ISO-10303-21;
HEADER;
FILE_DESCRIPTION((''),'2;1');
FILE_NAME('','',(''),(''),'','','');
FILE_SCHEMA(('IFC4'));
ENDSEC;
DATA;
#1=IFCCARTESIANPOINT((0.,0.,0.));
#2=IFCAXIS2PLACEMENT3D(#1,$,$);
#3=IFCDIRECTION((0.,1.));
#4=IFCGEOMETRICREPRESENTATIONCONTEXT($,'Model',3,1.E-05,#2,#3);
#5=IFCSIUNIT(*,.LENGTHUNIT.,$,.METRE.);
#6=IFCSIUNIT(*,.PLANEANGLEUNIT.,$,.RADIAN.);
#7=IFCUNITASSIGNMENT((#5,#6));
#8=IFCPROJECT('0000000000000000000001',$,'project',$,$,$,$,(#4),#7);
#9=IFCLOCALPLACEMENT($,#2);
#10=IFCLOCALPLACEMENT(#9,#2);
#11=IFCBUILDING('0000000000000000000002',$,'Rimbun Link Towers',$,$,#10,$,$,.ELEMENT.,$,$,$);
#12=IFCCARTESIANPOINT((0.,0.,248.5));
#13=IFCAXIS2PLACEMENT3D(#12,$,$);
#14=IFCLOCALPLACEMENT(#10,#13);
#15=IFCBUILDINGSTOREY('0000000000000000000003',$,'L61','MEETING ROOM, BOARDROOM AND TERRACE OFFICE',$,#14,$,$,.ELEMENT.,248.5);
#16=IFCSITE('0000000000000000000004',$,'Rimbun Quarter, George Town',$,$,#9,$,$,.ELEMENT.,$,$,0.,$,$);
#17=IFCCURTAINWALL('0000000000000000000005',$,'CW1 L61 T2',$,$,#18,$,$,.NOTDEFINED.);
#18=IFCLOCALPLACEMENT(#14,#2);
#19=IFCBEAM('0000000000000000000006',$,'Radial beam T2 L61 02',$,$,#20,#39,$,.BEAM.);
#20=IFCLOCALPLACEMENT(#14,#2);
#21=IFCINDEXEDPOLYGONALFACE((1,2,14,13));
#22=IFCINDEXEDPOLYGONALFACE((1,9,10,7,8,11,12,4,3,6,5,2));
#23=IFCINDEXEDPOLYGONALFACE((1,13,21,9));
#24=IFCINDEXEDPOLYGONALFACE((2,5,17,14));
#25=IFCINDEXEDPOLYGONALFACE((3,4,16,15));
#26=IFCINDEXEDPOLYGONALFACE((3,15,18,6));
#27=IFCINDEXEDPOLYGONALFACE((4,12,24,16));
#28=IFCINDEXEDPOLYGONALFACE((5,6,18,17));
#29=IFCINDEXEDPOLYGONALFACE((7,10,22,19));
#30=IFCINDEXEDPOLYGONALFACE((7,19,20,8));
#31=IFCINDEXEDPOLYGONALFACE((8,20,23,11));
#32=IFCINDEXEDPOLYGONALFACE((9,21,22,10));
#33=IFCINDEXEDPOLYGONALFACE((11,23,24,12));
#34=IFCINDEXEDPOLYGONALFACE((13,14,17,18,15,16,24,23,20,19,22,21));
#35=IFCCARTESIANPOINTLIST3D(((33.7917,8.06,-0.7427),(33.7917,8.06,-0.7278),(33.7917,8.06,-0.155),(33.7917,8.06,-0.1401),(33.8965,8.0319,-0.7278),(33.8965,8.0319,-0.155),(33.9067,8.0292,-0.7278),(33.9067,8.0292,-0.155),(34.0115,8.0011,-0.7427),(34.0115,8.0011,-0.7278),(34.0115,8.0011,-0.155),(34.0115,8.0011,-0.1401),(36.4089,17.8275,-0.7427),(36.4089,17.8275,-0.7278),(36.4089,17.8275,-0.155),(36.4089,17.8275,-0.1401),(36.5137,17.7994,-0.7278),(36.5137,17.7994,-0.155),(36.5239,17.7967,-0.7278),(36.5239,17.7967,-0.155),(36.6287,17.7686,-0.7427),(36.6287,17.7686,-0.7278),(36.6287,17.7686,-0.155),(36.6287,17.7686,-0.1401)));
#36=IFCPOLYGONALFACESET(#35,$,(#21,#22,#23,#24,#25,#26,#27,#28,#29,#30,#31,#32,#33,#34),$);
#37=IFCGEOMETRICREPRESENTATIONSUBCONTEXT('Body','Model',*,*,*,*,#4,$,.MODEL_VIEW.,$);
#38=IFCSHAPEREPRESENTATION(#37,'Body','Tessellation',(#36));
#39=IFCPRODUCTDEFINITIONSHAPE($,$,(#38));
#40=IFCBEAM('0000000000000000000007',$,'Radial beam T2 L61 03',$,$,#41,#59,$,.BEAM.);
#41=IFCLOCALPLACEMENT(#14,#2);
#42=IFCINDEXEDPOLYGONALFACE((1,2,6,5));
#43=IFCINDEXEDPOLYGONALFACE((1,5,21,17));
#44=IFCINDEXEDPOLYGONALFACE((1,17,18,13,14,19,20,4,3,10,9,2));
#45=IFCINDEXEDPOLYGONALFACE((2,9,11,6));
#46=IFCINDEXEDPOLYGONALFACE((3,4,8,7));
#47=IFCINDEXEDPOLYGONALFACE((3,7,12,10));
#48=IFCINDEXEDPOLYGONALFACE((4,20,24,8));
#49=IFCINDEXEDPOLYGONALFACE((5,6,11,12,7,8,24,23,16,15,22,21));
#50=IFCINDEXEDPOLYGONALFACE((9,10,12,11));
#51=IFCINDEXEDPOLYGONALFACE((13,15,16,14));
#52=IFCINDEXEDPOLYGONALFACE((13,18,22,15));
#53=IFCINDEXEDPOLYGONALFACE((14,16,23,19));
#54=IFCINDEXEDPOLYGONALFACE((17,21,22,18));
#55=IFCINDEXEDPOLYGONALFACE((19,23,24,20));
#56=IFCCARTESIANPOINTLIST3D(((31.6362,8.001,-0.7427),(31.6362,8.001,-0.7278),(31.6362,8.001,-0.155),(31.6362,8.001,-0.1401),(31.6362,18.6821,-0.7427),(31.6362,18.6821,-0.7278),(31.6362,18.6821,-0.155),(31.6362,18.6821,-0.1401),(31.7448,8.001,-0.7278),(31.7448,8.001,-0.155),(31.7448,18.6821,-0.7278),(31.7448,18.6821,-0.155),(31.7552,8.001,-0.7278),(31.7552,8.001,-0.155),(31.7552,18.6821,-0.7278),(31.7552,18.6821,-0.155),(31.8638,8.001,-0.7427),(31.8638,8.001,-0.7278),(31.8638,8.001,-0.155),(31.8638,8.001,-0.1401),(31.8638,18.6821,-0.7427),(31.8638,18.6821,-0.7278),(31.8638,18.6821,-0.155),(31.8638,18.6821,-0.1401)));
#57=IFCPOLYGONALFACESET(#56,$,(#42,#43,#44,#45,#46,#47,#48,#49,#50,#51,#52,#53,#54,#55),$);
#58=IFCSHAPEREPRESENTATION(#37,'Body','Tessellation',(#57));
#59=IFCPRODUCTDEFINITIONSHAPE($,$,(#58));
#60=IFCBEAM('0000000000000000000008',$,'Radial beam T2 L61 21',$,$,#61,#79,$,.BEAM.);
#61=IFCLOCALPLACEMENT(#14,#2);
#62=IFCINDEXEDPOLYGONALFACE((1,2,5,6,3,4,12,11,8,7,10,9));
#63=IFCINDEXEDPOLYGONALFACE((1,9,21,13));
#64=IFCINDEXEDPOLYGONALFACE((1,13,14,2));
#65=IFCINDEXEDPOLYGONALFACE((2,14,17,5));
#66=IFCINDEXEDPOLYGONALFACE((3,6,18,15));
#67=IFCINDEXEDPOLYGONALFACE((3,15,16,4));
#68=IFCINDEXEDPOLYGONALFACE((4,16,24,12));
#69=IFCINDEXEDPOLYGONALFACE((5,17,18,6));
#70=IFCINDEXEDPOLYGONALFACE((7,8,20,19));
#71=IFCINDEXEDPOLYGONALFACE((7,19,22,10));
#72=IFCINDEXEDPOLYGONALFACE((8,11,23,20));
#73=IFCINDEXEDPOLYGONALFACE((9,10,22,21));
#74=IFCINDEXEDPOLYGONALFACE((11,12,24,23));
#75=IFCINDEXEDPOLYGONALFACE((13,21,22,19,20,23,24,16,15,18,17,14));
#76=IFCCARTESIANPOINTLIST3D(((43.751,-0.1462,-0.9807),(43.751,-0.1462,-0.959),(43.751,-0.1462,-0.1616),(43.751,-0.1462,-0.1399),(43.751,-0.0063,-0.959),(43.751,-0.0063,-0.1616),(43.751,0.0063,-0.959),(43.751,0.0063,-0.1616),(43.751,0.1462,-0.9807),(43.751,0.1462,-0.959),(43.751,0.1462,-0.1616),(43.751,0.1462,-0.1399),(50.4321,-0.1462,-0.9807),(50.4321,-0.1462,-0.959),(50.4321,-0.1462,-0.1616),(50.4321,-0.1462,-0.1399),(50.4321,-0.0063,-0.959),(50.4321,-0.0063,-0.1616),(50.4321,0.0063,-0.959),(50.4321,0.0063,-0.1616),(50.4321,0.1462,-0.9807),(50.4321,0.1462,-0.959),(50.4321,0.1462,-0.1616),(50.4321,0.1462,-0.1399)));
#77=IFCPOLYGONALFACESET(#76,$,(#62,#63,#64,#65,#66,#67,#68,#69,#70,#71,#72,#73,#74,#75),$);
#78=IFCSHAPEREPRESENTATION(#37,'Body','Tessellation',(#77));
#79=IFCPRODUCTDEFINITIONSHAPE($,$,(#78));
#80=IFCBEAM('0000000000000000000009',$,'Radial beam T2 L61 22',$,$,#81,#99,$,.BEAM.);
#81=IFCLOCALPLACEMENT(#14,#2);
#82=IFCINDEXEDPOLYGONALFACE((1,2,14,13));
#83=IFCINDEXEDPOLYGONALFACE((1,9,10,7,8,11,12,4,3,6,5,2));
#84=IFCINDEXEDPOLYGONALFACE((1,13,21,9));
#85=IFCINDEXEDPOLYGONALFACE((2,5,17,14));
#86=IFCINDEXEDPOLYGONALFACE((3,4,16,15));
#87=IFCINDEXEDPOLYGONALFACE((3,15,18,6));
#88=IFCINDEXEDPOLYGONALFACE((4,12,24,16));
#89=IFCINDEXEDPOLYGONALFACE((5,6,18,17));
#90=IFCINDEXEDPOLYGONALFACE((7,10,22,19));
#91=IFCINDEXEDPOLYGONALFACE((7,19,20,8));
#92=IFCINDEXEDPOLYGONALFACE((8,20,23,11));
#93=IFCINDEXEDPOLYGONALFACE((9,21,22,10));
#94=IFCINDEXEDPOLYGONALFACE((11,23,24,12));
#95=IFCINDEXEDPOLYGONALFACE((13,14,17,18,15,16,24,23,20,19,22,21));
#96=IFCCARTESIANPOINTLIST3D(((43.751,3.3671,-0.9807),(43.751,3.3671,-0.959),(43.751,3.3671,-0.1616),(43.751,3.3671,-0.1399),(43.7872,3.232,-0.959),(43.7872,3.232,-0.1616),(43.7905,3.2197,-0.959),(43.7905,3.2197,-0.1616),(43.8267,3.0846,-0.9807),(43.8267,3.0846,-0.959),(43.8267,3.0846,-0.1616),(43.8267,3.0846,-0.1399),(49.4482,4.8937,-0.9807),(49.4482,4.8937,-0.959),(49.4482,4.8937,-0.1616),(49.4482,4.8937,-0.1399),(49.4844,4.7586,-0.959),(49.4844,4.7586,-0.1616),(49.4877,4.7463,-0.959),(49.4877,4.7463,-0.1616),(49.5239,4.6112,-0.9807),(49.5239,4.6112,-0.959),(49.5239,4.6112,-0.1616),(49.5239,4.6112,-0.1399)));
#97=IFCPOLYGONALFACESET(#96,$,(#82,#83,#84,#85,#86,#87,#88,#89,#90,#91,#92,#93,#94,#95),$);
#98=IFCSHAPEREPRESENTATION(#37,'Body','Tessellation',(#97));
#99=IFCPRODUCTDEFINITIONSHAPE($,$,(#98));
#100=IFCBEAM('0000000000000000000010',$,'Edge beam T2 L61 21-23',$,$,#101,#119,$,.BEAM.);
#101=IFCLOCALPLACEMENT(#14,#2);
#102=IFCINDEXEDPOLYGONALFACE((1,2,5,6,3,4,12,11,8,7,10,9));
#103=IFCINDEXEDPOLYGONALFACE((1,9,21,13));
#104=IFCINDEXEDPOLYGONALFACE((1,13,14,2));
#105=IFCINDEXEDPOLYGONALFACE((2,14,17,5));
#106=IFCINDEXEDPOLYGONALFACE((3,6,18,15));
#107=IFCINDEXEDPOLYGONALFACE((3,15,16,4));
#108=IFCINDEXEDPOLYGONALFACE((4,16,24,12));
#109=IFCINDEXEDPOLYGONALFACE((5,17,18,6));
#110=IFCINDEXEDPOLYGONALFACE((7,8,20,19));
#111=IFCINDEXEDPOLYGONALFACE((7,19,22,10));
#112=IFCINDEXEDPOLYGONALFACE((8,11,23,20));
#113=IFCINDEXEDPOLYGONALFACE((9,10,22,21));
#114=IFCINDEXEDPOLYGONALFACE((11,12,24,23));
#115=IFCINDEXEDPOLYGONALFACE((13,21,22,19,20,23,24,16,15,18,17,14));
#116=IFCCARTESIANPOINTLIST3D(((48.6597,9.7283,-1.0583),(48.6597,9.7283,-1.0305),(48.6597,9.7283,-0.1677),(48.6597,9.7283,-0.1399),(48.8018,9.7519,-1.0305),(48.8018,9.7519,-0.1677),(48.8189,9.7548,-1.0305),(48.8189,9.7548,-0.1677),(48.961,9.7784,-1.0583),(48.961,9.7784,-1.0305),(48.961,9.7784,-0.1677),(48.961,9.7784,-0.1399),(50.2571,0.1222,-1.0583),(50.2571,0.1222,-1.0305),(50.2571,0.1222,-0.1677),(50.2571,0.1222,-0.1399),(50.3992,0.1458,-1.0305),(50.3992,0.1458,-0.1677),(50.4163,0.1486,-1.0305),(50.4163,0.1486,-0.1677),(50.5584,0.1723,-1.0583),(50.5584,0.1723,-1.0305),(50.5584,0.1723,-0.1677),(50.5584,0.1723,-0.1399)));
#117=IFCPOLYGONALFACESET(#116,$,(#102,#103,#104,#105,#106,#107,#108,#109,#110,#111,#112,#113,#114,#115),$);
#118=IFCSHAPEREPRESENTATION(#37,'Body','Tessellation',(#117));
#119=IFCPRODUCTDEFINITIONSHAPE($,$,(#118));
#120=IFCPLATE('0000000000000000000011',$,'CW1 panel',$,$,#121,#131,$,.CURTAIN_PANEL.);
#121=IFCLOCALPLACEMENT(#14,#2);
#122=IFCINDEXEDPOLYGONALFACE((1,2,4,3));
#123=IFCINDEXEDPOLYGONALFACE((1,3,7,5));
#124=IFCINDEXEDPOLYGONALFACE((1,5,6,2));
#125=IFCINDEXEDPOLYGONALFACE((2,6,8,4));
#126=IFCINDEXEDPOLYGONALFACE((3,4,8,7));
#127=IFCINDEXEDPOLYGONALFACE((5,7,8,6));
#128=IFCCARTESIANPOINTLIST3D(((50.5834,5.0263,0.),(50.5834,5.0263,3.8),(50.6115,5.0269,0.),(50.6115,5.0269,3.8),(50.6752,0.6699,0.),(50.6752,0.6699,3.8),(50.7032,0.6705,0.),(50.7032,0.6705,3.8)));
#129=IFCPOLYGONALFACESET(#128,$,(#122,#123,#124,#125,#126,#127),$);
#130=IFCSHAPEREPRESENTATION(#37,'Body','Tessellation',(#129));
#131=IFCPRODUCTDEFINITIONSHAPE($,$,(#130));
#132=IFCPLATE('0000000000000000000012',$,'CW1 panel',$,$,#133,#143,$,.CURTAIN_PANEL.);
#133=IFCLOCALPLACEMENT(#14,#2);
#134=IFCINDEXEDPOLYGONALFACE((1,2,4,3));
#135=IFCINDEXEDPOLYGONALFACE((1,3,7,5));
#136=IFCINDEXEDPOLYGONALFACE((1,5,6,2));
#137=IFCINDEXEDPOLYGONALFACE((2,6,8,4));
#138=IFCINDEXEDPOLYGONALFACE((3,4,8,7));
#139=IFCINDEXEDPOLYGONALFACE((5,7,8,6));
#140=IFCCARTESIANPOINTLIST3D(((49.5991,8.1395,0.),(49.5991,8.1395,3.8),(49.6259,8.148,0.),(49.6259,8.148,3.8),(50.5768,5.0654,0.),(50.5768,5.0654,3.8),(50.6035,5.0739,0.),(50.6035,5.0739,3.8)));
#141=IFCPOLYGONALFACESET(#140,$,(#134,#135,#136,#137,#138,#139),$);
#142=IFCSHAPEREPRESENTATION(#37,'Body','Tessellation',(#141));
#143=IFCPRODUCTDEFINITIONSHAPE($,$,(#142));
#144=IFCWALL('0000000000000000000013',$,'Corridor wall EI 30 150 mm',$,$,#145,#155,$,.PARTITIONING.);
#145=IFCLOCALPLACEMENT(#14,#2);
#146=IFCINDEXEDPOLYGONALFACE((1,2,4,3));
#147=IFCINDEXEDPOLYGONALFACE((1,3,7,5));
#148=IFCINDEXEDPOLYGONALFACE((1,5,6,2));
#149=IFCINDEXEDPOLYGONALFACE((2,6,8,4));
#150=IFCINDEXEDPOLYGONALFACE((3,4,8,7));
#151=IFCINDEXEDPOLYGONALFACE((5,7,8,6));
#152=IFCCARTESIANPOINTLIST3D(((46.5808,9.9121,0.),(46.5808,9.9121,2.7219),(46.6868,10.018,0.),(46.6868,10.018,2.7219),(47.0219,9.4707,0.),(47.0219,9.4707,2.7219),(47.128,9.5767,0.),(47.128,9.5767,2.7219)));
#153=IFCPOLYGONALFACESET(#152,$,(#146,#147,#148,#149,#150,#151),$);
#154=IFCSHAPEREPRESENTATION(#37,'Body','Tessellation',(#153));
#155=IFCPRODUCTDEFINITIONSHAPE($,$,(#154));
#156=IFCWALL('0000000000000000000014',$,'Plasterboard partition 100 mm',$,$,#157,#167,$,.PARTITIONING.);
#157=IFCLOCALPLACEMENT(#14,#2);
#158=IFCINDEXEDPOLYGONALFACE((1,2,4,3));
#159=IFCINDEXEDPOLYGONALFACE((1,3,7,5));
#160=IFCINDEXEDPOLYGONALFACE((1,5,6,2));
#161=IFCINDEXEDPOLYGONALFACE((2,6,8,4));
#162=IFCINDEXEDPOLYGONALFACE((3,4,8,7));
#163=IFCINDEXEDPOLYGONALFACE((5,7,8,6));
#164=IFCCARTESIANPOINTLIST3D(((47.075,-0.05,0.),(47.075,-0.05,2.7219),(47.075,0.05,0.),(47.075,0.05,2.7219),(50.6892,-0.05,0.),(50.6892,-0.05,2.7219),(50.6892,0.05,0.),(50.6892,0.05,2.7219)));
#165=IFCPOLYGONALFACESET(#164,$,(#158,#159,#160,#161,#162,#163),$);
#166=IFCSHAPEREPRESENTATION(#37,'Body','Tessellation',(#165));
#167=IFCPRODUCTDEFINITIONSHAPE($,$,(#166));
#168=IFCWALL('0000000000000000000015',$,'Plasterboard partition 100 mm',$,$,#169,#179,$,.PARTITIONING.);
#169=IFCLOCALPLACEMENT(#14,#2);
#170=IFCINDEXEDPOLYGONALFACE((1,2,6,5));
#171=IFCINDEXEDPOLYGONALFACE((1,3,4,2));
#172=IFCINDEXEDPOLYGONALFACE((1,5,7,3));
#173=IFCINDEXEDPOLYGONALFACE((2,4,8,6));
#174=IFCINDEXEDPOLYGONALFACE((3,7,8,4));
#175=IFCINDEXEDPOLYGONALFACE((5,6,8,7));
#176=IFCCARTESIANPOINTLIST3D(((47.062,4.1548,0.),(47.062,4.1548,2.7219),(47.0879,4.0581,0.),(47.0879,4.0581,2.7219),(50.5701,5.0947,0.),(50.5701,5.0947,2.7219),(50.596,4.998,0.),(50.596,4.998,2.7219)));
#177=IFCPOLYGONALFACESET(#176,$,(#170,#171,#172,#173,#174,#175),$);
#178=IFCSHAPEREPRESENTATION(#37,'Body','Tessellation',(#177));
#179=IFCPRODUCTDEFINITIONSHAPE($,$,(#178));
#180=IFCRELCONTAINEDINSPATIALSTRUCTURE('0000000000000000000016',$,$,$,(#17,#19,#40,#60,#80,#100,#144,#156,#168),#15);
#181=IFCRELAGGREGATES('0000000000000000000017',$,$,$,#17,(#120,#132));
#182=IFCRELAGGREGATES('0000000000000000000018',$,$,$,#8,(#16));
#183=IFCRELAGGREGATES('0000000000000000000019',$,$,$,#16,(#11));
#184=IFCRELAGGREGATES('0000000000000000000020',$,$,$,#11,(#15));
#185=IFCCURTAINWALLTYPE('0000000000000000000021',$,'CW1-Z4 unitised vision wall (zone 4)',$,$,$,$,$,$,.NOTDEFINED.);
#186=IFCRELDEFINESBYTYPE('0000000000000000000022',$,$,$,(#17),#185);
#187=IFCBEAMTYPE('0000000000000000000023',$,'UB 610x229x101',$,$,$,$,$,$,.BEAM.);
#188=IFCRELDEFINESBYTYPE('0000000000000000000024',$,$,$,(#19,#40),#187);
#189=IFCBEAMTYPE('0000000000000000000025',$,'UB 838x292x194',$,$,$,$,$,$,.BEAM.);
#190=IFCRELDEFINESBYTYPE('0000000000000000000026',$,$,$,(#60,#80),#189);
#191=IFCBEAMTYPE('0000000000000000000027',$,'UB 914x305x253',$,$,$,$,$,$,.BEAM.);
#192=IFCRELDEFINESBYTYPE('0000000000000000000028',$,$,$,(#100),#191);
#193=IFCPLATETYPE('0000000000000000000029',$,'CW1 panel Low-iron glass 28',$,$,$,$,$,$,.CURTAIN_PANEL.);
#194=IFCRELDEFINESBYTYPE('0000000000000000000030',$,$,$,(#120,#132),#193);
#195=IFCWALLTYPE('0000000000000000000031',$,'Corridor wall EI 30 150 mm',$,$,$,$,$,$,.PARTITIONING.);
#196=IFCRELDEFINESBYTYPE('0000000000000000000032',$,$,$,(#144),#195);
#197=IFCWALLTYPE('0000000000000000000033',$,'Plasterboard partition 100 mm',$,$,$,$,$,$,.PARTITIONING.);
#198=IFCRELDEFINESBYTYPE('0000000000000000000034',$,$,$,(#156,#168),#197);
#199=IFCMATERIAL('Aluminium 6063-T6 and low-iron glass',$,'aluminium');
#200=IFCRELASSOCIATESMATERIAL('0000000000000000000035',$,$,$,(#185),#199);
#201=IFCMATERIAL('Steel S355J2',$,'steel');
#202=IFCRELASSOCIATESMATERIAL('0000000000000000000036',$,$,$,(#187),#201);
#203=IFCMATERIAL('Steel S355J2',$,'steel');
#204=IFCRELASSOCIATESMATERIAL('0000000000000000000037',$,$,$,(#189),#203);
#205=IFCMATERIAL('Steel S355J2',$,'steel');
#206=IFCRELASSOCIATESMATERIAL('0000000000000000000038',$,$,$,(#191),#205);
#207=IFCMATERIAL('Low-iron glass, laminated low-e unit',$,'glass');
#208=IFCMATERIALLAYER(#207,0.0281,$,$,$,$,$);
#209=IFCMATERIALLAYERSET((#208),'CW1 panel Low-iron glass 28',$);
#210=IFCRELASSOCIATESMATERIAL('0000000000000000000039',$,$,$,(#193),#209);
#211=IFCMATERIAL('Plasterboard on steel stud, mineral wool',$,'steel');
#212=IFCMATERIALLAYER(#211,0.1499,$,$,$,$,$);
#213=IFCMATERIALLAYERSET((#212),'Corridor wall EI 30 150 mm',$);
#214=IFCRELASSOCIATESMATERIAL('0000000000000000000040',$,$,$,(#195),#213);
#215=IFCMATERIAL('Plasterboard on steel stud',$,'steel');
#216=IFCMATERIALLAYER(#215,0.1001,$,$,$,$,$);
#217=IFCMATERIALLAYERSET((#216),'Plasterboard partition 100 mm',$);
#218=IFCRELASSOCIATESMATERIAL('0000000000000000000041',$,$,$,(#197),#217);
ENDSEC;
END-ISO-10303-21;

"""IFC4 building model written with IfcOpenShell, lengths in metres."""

from ifc_helpers import new_model, si_unit, direction, frame, frame_2d, origin, origin_2d, place, context, subcontext, project, spatial, rectangle, i_section, extrude, material, layer, layer_set, material_profile, profile_set, type_object, element, aggregate, save


model = new_model("IFC4")

# Units and contexts
model_context = context("Model", 3, precision=1e-05, world=origin(), true_north=direction((0.0, 1.0)))
body_context = subcontext(model_context, "Body", "Model", "MODEL_VIEW")
ifc_project = project(units=[si_unit("LENGTHUNIT", "METRE"), si_unit("PLANEANGLEUNIT", "RADIAN")], contexts=[model_context])

# Site, building, storey
site_placement = place(None, origin())
site = spatial("IfcSite", under=ifc_project, at=site_placement, Name="Rimbun Quarter, George Town", CompositionType="ELEMENT", RefElevation=0.0)
building_placement = place(site_placement, origin())
building = spatial("IfcBuilding", under=site, at=building_placement, Name="Rimbun Link Towers", CompositionType="ELEMENT")
storey_placement = place(building_placement, frame((0.0, 0.0, 248.5)))
storey = spatial("IfcBuildingStorey", under=building, at=storey_placement, Name="L61", Description="MEETING ROOM, BOARDROOM AND TERRACE OFFICE", CompositionType="ELEMENT", Elevation=248.5)

# Curtain wall
ifc_material_1 = material(Name="Aluminium 6063-T6 and low-iron glass", Category="aluminium")
curtain_wall_type = type_object("IfcCurtainWallType", Name="CW1-Z4 unitised vision wall (zone 4)", PredefinedType="NOTDEFINED", material=ifc_material_1)
curtain_wall_placement = place(storey_placement, origin())
curtain_wall = element("IfcCurtainWall", 1, at=curtain_wall_placement, inside=storey, type_object=curtain_wall_type, Name="CW1 L61 T2", PredefinedType="NOTDEFINED")

# Beams
ifc_material_2 = material(Name="Steel S355J2", Category="steel")
ifc_material_profile_1 = material_profile(ifc_material_2, i_section(OverallWidth=0.2275, OverallDepth=0.6025, WebThickness=0.0105, FlangeThickness=0.0149, at=origin_2d()), Name="UB 610x229x101")
ifc_profile_set_1 = profile_set([ifc_material_profile_1], Name="Steel S355J2")
beam_type_1 = type_object("IfcBeamType", Name="UB 610x229x101", PredefinedType="BEAM", material=ifc_profile_set_1)
beam_1_placement = place(storey_placement, frame((33.9016, 8.0305, -0.4414), z_axis=(0.258817, 0.965926, 0.0), x_axis=(-0.965926, 0.258817, 0.0)))
element("IfcBeam", 2, at=beam_1_placement, inside=storey, type_object=beam_type_1, Name="Radial beam T2 L61 02", PredefinedType="BEAM", context=body_context, shape_type="SweptSolid", body=[
    extrude(i_section(OverallWidth=0.2275, OverallDepth=0.6025, WebThickness=0.0105, FlangeThickness=0.0149, at=origin_2d()), origin(), (0.0, 0.0, 1.0), 10.1121),
])
beam_2_placement = place(storey_placement, frame((31.75, 8.001, -0.4414), z_axis=(0.0, 1.0, 0.0), x_axis=(-1.0, 0.0, 0.0)))
element("IfcBeam", 3, at=beam_2_placement, inside=storey, type_object=beam_type_1, Name="Radial beam T2 L61 03", PredefinedType="BEAM", context=body_context, shape_type="SweptSolid", body=[
    extrude(i_section(OverallWidth=0.2275, OverallDepth=0.6025, WebThickness=0.0105, FlangeThickness=0.0149, at=origin_2d()), origin(), (0.0, 0.0, 1.0), 10.6812),
])
ifc_material_3 = material(Name="Steel S355J2", Category="steel")
ifc_material_profile_2 = material_profile(ifc_material_3, i_section(OverallWidth=0.2925, OverallDepth=0.8408, WebThickness=0.0127, FlangeThickness=0.0217, at=origin_2d()), Name="UB 838x292x194")
ifc_profile_set_2 = profile_set([ifc_material_profile_2], Name="Steel S355J2")
beam_type_2 = type_object("IfcBeamType", Name="UB 838x292x194", PredefinedType="BEAM", material=ifc_profile_set_2)
beam_3_placement = place(storey_placement, frame((43.751, 0.0, -0.5603), z_axis=(1.0, 0.0, 0.0), x_axis=(0.0, 1.0, 0.0)))
element("IfcBeam", 4, at=beam_3_placement, inside=storey, type_object=beam_type_2, Name="Radial beam T2 L61 21", PredefinedType="BEAM", context=body_context, shape_type="SweptSolid", body=[
    extrude(i_section(OverallWidth=0.2925, OverallDepth=0.8408, WebThickness=0.0127, FlangeThickness=0.0217, at=origin_2d()), origin(), (0.0, 0.0, 1.0), 6.6812),
])
beam_4_placement = place(storey_placement, frame((43.7888, 3.2258, -0.5603), z_axis=(0.965924, 0.258824, 0.0), x_axis=(-0.258824, 0.965924, 0.0)))
element("IfcBeam", 5, at=beam_4_placement, inside=storey, type_object=beam_type_2, Name="Radial beam T2 L61 22", PredefinedType="BEAM", context=body_context, shape_type="SweptSolid", body=[
    extrude(i_section(OverallWidth=0.2925, OverallDepth=0.8408, WebThickness=0.0127, FlangeThickness=0.0217, at=origin_2d()), origin(), (0.0, 0.0, 1.0), 5.8982),
])
ifc_material_4 = material(Name="Steel S355J2", Category="steel")
ifc_material_profile_3 = material_profile(ifc_material_4, i_section(OverallWidth=0.3054, OverallDepth=0.9185, WebThickness=0.0173, FlangeThickness=0.0278, at=origin_2d()), Name="UB 914x305x253")
ifc_profile_set_3 = profile_set([ifc_material_profile_3], Name="Steel S355J2")
beam_type_3 = type_object("IfcBeamType", Name="UB 914x305x253", PredefinedType="BEAM", material=ifc_profile_set_3)
beam_5_placement = place(storey_placement, frame((50.4077, 0.1472, -0.5991), z_axis=(-0.164037, 0.986454, 0.0), x_axis=(-0.986454, -0.164037, 0.0)))
element("IfcBeam", 6, at=beam_5_placement, inside=storey, type_object=beam_type_3, Name="Edge beam T2 L61 21-23", PredefinedType="BEAM", context=body_context, shape_type="SweptSolid", body=[
    extrude(i_section(OverallWidth=0.3054, OverallDepth=0.9185, WebThickness=0.0173, FlangeThickness=0.0278, at=origin_2d()), origin(), (0.0, 0.0, 1.0), 9.738),
])

# Plates
ifc_material_5 = material(Name="Low-iron glass, laminated low-e unit", Category="glass")
ifc_layer_1 = layer(ifc_material_5, 0.0281)
ifc_layer_set_1 = layer_set([ifc_layer_1], Name="CW1 panel Low-iron glass 28")
plate_type = type_object("IfcPlateType", Name="CW1 panel Low-iron glass 28", PredefinedType="CURTAIN_PANEL", material=ifc_layer_set_1)
plate_1_placement = place(storey_placement, frame((50.6433, 2.8484, 0.0), z_axis=(0.0, 0.0, 1.0), x_axis=(0.02106, -0.999778, 0.0)))
plate_1 = element("IfcPlate", 7, at=plate_1_placement, type_object=plate_type, Name="CW1 panel", PredefinedType="CURTAIN_PANEL", context=body_context, shape_type="SweptSolid", body=[
    extrude(rectangle(XDim=4.3574, YDim=0.0281, at=origin_2d()), origin(), (0.0, 0.0, 1.0), 3.8),
])
plate_2_placement = place(storey_placement, frame((50.1013, 6.6067, 0.0), z_axis=(0.0, 0.0, 1.0), x_axis=(0.303061, -0.952971, 0.0)))
plate_2 = element("IfcPlate", 8, at=plate_2_placement, type_object=plate_type, Name="CW1 panel", PredefinedType="CURTAIN_PANEL", context=body_context, shape_type="SweptSolid", body=[
    extrude(rectangle(XDim=3.2258, YDim=0.0281, at=origin_2d()), origin(), (0.0, 0.0, 1.0), 3.8),
])
aggregate(curtain_wall, [plate_1, plate_2])

# Walls
ifc_material_6 = material(Name="Plasterboard on steel stud, mineral wool", Category="steel")
ifc_layer_2 = layer(ifc_material_6, 0.1499)
ifc_layer_set_2 = layer_set([ifc_layer_2], Name="Corridor wall EI 30 150 mm")
wall_type_1 = type_object("IfcWallType", Name="Corridor wall EI 30 150 mm", PredefinedType="PARTITIONING", material=ifc_layer_set_2)
wall_1_placement = place(storey_placement, frame((47.075, 9.5237, 0.0), z_axis=(0.0, 0.0, 1.0), x_axis=(-0.706911, 0.707302, 0.0)))
element("IfcWall", 9, at=wall_1_placement, inside=storey, type_object=wall_type_1, Name="Corridor wall EI 30 150 mm", PredefinedType="PARTITIONING", context=body_context, shape_type="SweptSolid", body=[
    extrude(rectangle(XDim=0.624, YDim=0.1499, at=frame_2d((0.312, 0.0))), origin(), (0.0, 0.0, 1.0), 2.7219),
])
ifc_material_7 = material(Name="Plasterboard on steel stud", Category="steel")
ifc_layer_3 = layer(ifc_material_7, 0.1001)
ifc_layer_set_3 = layer_set([ifc_layer_3], Name="Plasterboard partition 100 mm")
wall_type_2 = type_object("IfcWallType", Name="Plasterboard partition 100 mm", PredefinedType="PARTITIONING", material=ifc_layer_set_3)
wall_2_placement = place(storey_placement, frame((50.6892, 0.0, 0.0), z_axis=(0.0, 0.0, 1.0), x_axis=(-1.0, 0.0, 0.0)))
element("IfcWall", 10, at=wall_2_placement, inside=storey, type_object=wall_type_2, Name="Plasterboard partition 100 mm", PredefinedType="PARTITIONING", context=body_context, shape_type="SweptSolid", body=[
    extrude(rectangle(XDim=3.6143, YDim=0.1001, at=frame_2d((1.8071, 0.0))), origin(), (0.0, 0.0, 1.0), 2.7219),
])
wall_3_placement = place(storey_placement, frame((50.583, 5.0464, 0.0), z_axis=(0.0, 0.0, 1.0), x_axis=(-0.965929, -0.258809, 0.0)))
element("IfcWall", 11, at=wall_3_placement, inside=storey, type_object=wall_type_2, Name="Plasterboard partition 100 mm", PredefinedType="PARTITIONING", context=body_context, shape_type="SweptSolid", body=[
    extrude(rectangle(XDim=3.6318, YDim=0.1001, at=frame_2d((1.8159, 0.0))), origin(), (0.0, 0.0, 1.0), 2.7219),
])

save(model, "model.ifc")
